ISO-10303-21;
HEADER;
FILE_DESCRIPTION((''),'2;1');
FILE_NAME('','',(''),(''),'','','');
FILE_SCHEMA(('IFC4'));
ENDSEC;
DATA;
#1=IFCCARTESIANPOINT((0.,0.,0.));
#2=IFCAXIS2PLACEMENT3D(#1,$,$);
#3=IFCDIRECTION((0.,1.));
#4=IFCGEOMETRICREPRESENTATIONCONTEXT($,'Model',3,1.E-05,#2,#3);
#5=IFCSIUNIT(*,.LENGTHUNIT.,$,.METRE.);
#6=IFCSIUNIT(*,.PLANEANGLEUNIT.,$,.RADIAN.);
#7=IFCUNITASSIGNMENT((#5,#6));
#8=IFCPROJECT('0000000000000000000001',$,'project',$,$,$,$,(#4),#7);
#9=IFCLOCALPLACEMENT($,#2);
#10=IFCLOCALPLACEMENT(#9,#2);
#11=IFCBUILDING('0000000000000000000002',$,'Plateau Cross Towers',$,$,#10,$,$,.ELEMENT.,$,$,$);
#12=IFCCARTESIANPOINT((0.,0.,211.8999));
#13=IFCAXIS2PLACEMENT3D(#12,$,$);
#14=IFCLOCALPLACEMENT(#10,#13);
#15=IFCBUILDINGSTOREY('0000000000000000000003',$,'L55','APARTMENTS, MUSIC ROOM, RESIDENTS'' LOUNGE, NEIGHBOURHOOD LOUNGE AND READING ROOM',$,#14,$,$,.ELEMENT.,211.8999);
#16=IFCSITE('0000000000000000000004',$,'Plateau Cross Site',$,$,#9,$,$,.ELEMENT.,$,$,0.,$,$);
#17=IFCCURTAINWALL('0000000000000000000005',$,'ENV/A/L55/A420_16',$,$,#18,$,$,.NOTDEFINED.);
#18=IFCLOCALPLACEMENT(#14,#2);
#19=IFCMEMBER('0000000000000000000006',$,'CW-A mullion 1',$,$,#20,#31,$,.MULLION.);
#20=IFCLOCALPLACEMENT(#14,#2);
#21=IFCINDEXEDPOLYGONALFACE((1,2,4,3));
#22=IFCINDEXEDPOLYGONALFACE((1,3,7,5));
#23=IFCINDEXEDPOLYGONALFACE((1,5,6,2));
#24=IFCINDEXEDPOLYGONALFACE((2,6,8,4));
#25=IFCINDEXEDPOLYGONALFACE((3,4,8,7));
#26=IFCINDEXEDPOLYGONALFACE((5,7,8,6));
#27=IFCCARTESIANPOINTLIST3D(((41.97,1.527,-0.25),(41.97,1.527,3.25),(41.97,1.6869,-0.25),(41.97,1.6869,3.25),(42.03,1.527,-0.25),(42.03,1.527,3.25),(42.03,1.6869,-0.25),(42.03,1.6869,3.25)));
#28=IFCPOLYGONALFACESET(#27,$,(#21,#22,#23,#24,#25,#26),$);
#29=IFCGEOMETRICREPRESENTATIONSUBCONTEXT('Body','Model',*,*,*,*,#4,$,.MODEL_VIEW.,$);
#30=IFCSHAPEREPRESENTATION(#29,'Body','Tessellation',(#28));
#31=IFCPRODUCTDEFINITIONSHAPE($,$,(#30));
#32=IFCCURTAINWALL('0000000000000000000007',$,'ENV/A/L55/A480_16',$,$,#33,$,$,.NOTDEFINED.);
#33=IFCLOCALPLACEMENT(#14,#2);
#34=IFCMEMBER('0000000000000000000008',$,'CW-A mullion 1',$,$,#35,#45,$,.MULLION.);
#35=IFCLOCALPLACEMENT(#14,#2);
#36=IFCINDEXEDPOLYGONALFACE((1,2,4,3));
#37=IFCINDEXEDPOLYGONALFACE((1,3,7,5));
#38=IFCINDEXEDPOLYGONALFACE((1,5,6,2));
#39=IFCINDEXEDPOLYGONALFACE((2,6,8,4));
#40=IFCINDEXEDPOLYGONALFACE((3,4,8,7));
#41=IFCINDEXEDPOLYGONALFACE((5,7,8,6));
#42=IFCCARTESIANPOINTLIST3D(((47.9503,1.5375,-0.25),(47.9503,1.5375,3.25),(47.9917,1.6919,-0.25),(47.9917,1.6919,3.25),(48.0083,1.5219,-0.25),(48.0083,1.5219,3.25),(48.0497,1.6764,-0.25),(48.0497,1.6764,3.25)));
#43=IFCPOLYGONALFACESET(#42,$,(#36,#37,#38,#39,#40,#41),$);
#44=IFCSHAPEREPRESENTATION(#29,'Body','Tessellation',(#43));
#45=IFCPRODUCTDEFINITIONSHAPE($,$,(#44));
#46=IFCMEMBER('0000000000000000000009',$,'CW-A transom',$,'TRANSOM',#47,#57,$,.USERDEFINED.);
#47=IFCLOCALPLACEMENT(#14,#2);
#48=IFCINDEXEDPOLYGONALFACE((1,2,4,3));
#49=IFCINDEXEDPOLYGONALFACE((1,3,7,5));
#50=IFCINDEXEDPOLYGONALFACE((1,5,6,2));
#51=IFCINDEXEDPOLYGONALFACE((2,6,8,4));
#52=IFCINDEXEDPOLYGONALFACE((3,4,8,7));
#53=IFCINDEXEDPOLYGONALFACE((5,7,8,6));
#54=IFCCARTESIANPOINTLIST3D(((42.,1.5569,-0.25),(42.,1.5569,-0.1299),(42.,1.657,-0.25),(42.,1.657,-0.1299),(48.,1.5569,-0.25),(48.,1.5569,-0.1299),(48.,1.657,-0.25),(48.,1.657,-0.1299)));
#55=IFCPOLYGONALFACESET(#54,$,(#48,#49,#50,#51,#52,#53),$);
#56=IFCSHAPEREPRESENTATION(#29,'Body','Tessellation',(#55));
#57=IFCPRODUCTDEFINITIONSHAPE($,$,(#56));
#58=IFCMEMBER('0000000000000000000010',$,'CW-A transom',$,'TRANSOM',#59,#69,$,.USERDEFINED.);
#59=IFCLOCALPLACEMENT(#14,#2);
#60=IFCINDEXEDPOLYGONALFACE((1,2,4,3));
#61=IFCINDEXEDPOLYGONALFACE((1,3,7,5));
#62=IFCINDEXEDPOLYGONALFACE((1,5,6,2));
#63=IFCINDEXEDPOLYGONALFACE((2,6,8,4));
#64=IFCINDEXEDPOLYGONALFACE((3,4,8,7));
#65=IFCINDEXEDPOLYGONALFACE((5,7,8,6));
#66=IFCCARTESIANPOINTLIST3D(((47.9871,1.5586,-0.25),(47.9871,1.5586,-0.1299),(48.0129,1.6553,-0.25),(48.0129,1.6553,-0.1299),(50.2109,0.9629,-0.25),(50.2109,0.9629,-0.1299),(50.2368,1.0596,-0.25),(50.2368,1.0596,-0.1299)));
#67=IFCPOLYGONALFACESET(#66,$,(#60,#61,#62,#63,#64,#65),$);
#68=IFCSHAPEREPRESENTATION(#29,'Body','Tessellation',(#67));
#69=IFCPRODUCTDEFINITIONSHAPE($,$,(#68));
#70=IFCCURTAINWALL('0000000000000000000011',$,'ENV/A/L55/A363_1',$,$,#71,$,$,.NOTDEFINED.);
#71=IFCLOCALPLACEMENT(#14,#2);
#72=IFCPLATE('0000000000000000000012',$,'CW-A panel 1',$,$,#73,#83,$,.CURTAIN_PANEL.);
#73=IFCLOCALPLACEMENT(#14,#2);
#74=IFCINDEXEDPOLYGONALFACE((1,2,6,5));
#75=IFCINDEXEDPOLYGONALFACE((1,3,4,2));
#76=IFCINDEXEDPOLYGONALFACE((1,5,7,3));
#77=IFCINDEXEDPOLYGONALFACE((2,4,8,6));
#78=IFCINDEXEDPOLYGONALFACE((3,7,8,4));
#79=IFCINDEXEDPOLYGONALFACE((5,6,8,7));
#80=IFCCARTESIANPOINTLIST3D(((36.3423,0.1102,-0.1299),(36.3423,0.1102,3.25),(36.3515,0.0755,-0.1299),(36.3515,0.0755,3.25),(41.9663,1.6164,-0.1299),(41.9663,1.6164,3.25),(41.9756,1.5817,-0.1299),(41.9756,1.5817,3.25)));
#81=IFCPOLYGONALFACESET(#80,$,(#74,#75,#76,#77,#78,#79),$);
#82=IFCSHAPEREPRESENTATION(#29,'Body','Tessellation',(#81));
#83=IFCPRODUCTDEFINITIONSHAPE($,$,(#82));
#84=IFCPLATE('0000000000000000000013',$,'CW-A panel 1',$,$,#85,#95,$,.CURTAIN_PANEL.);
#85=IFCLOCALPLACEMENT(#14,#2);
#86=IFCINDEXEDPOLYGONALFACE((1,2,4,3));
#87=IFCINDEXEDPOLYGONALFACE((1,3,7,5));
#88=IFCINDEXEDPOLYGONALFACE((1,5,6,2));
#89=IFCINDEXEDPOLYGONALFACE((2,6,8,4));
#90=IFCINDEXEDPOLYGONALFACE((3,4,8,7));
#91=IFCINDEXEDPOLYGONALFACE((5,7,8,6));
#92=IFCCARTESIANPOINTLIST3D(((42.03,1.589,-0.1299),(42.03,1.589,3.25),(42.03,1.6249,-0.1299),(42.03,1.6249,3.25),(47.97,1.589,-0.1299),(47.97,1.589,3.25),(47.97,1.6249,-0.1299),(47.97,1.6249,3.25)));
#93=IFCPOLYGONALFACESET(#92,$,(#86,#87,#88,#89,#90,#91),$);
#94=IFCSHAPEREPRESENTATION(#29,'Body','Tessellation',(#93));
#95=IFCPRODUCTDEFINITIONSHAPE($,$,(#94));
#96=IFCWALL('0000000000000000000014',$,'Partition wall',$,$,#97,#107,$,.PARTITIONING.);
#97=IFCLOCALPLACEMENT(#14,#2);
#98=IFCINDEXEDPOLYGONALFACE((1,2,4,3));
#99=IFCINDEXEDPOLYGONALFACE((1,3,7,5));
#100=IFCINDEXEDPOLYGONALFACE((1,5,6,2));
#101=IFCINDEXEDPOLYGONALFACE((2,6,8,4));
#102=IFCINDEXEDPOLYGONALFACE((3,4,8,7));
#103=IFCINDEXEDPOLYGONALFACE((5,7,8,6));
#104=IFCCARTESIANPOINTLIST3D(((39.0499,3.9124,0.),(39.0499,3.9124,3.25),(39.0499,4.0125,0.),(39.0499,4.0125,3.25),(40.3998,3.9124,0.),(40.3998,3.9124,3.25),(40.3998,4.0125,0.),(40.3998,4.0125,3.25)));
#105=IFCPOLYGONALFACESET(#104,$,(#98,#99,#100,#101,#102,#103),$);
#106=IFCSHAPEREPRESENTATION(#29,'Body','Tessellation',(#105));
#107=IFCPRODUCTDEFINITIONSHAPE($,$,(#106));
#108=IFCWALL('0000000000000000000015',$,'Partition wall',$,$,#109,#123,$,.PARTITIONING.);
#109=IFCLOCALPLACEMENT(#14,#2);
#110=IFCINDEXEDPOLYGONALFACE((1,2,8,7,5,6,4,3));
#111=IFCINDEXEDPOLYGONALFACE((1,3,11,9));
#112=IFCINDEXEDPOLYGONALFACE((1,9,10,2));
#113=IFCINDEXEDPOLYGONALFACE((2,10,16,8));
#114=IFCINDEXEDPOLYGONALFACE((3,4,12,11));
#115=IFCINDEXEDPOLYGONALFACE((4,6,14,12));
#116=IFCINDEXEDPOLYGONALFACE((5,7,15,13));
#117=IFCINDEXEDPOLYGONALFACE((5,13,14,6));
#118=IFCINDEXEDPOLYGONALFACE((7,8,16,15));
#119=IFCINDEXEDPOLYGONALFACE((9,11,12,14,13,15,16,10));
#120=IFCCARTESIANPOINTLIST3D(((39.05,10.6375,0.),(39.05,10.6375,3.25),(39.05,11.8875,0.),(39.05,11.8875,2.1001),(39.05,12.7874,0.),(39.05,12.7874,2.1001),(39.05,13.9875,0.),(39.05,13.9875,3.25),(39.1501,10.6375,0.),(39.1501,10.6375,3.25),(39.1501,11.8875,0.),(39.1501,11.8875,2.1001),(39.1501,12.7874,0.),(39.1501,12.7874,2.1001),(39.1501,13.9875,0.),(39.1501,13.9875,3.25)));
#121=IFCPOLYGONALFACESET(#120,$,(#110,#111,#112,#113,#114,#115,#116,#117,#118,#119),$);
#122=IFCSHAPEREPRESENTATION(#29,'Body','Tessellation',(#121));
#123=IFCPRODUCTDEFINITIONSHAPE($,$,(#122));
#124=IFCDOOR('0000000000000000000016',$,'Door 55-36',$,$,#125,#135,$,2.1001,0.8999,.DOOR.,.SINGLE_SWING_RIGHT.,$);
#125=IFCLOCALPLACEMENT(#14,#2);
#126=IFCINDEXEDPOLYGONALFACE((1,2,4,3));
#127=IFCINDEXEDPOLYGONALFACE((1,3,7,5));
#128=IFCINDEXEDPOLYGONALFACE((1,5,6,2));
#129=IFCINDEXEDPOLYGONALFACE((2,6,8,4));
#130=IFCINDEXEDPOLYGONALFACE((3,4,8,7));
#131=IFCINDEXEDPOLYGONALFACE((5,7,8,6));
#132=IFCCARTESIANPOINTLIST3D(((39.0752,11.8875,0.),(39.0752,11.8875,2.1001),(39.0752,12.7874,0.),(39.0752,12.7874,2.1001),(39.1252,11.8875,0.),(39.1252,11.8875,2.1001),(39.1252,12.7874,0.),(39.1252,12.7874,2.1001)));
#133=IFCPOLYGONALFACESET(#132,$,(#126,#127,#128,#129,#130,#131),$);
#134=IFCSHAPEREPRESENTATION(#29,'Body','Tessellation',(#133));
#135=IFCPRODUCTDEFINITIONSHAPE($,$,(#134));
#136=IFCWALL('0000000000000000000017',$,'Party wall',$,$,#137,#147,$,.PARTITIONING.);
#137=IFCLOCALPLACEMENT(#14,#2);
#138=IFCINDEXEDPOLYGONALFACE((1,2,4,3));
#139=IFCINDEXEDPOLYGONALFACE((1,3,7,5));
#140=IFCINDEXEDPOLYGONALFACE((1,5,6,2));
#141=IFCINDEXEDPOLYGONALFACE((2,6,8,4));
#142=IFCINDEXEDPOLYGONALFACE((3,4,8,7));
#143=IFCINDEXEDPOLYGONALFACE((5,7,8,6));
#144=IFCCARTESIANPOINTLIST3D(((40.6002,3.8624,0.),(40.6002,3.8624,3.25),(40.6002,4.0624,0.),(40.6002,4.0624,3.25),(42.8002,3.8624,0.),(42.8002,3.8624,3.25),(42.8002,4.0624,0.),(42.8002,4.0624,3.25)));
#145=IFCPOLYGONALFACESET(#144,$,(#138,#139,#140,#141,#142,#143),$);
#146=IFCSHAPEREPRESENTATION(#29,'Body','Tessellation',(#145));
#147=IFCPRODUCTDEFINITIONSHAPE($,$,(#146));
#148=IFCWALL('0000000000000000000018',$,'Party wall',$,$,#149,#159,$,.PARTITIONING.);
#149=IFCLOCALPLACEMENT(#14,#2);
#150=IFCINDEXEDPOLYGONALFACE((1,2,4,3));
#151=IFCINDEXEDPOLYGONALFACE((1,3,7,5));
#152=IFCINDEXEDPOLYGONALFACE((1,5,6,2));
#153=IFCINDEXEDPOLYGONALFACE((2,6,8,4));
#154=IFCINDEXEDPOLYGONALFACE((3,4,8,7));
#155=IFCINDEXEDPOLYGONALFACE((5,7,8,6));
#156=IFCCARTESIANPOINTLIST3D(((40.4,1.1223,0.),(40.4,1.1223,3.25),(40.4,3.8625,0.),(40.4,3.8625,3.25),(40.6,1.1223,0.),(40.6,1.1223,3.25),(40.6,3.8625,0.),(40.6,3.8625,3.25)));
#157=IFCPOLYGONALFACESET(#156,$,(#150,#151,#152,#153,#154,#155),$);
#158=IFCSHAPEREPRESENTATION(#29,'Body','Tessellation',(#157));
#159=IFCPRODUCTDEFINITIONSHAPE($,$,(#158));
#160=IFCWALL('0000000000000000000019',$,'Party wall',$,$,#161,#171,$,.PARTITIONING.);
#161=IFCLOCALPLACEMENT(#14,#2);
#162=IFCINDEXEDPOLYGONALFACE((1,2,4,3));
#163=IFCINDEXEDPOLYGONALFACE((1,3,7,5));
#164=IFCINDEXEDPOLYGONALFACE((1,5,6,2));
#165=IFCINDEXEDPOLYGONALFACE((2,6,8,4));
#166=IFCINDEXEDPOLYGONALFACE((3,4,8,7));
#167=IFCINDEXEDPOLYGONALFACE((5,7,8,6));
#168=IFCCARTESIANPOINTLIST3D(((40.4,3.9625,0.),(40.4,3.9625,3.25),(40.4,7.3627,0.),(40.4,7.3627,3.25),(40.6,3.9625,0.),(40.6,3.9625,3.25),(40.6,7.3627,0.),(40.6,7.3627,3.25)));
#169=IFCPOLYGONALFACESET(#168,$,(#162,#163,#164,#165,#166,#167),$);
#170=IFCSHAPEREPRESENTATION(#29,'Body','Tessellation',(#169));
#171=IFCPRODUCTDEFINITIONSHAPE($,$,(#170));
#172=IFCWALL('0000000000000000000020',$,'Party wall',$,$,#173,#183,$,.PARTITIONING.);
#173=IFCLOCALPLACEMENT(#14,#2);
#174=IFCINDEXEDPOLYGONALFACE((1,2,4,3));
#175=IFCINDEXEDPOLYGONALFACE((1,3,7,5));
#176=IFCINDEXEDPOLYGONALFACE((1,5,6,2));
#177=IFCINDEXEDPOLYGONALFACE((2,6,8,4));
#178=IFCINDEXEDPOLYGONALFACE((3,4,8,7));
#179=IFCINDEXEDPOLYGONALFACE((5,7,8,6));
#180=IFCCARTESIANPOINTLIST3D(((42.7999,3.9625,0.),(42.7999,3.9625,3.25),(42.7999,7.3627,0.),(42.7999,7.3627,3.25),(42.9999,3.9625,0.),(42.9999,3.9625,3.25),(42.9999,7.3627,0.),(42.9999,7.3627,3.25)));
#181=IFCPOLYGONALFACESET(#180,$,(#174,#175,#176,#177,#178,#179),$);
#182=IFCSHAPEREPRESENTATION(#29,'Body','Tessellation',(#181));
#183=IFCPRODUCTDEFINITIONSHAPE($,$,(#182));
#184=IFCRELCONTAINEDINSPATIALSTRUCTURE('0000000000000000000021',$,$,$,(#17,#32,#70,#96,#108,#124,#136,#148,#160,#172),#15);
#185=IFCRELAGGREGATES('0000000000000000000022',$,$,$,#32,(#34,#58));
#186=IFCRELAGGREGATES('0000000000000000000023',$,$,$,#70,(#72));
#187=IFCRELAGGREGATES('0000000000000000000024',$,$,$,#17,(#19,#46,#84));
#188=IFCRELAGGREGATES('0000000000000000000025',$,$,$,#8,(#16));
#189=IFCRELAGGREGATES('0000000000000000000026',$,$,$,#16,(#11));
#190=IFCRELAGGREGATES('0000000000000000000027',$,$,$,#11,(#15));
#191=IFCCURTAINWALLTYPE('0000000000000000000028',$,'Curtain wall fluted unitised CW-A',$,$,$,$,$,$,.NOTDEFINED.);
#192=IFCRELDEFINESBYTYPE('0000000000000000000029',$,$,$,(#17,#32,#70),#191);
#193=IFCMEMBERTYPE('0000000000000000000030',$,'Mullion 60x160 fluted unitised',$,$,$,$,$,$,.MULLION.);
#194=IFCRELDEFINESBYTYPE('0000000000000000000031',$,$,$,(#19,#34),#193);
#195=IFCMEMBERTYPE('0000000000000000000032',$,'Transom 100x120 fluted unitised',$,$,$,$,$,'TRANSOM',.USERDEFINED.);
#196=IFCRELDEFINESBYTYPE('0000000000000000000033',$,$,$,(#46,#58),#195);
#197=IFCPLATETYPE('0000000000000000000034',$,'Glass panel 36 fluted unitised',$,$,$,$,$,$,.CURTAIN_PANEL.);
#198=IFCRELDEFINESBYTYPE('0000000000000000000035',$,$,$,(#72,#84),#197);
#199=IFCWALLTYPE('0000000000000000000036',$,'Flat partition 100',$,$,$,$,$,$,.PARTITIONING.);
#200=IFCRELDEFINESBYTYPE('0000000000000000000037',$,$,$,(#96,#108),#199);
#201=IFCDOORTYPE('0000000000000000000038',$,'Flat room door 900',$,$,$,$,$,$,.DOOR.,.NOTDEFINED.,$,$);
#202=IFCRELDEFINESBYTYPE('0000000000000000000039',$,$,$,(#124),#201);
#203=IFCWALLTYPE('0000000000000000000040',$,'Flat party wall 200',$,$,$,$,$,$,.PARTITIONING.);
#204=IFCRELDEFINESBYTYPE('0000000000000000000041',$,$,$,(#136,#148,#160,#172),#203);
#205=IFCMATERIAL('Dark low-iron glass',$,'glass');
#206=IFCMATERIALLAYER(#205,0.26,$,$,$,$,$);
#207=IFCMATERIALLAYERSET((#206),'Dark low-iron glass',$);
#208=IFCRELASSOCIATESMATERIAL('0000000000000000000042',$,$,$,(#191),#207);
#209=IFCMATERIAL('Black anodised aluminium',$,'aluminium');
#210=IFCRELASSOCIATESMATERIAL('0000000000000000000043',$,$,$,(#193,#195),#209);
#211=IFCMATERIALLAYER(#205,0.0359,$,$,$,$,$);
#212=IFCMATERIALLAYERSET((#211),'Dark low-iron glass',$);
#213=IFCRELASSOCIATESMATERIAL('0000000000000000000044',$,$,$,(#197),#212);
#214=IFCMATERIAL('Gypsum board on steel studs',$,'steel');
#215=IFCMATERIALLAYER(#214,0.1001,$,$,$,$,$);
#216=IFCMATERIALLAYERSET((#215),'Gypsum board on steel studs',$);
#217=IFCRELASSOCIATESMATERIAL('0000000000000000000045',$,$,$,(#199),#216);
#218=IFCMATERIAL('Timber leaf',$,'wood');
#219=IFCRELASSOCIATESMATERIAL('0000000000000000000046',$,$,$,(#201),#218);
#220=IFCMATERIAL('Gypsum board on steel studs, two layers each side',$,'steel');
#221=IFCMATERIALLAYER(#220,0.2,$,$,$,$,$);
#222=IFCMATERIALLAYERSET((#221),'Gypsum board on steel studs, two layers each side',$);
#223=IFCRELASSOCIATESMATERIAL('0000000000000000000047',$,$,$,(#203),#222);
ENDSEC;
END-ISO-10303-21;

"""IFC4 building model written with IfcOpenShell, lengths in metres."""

from ifc_helpers import new_model, si_unit, direction, frame, frame_2d, origin, origin_2d, place, context, subcontext, project, spatial, rectangle, extrude, material, layer, layer_set, material_profile, profile_set, type_object, element, fill, aggregate, save


model = new_model("IFC4")

# Units and contexts
model_context = context("Model", 3, precision=1e-05, world=origin(), true_north=direction((0.0, 1.0)))
body_context = subcontext(model_context, "Body", "Model", "MODEL_VIEW")
ifc_project = project(units=[si_unit("LENGTHUNIT", "METRE"), si_unit("PLANEANGLEUNIT", "RADIAN")], contexts=[model_context])

# Site, building, storey
site_placement = place(None, origin())
site = spatial("IfcSite", under=ifc_project, at=site_placement, Name="Plateau Cross Site", CompositionType="ELEMENT", RefElevation=0.0)
building_placement = place(site_placement, origin())
building = spatial("IfcBuilding", under=site, at=building_placement, Name="Plateau Cross Towers", CompositionType="ELEMENT")
storey_placement = place(building_placement, frame((0.0, 0.0, 211.8999)))
storey = spatial("IfcBuildingStorey", under=building, at=storey_placement, Name="L55", Description="APARTMENTS, MUSIC ROOM, RESIDENTS' LOUNGE, NEIGHBOURHOOD LOUNGE AND READING ROOM", CompositionType="ELEMENT", Elevation=211.8999)

# Curtain walls, members
ifc_material_1 = material(Name="Dark low-iron glass", Category="glass")
ifc_layer_1 = layer(ifc_material_1, 0.26)
ifc_layer_set_1 = layer_set([ifc_layer_1], Name="Dark low-iron glass")
curtain_wall_type = type_object("IfcCurtainWallType", Name="Curtain wall fluted unitised CW-A", PredefinedType="NOTDEFINED", material=ifc_layer_set_1)
curtain_wall_1_placement = place(storey_placement, origin())
curtain_wall_1 = element("IfcCurtainWall", 1, at=curtain_wall_1_placement, inside=storey, type_object=curtain_wall_type, Name="ENV/A/L55/A420_16", PredefinedType="NOTDEFINED")
ifc_material_2 = material(Name="Black anodised aluminium", Category="aluminium")
ifc_material_profile_1 = material_profile(ifc_material_2, rectangle(XDim=0.0601, YDim=0.1599, at=origin_2d()), Name="MULLION 60x160")
ifc_profile_set_1 = profile_set([ifc_material_profile_1], Name="Black anodised aluminium")
member_type_1 = type_object("IfcMemberType", Name="Mullion 60x160 fluted unitised", PredefinedType="MULLION", material=ifc_profile_set_1)
member_1_placement = place(storey_placement, frame((42.0, 1.6069, -0.25), z_axis=(0.0, 0.0, 1.0), x_axis=(1.0, 0.0, 0.0)))
member_1 = element("IfcMember", 2, at=member_1_placement, type_object=member_type_1, Name="CW-A mullion 1", PredefinedType="MULLION", context=body_context, shape_type="SweptSolid", body=[
    extrude(rectangle(XDim=0.0601, YDim=0.1599, at=origin_2d()), origin(), (0.0, 0.0, 1.0), 3.5),
])
curtain_wall_2_placement = place(storey_placement, origin())
curtain_wall_2 = element("IfcCurtainWall", 3, at=curtain_wall_2_placement, inside=storey, type_object=curtain_wall_type, Name="ENV/A/L55/A480_16", PredefinedType="NOTDEFINED")
member_2_placement = place(storey_placement, frame((48.0, 1.6069, -0.25), z_axis=(0.0, 0.0, 1.0), x_axis=(0.965958, -0.258699, 0.0)))
member_2 = element("IfcMember", 4, at=member_2_placement, type_object=member_type_1, Name="CW-A mullion 1", PredefinedType="MULLION", context=body_context, shape_type="SweptSolid", body=[
    extrude(rectangle(XDim=0.0601, YDim=0.1599, at=origin_2d()), origin(), (0.0, 0.0, 1.0), 3.5),
])

# Members
ifc_material_profile_2 = material_profile(ifc_material_2, rectangle(XDim=0.1001, YDim=0.1201, at=origin_2d()), Name="TRANSOM 100x120")
ifc_profile_set_2 = profile_set([ifc_material_profile_2], Name="Black anodised aluminium")
member_type_2 = type_object("IfcMemberType", Name="Transom 100x120 fluted unitised", ElementType="TRANSOM", PredefinedType="USERDEFINED", material=ifc_profile_set_2)
member_3_placement = place(storey_placement, frame((42.0, 1.6069, -0.1899), z_axis=(1.0, 0.0, 0.0), x_axis=(0.0, 1.0, 0.0)))
member_3 = element("IfcMember", 5, at=member_3_placement, type_object=member_type_2, Name="CW-A transom", ObjectType="TRANSOM", PredefinedType="USERDEFINED", context=body_context, shape_type="SweptSolid", body=[
    extrude(rectangle(XDim=0.1001, YDim=0.1201, at=origin_2d()), origin(), (0.0, 0.0, 1.0), 6.0),
])
member_4_placement = place(storey_placement, frame((48.0, 1.6069, -0.1899), z_axis=(0.965946, -0.258745, 0.0), x_axis=(0.258745, 0.965946, 0.0)))
member_4 = element("IfcMember", 6, at=member_4_placement, type_object=member_type_2, Name="CW-A transom", ObjectType="TRANSOM", PredefinedType="USERDEFINED", context=body_context, shape_type="SweptSolid", body=[
    extrude(rectangle(XDim=0.1001, YDim=0.1201, at=origin_2d()), origin(), (0.0, 0.0, 1.0), 2.3022),
])
aggregate(curtain_wall_2, [member_2, member_4])

# Curtain wall, plate
curtain_wall_3_placement = place(storey_placement, origin())
curtain_wall_3 = element("IfcCurtainWall", 7, at=curtain_wall_3_placement, inside=storey, type_object=curtain_wall_type, Name="ENV/A/L55/A363_1", PredefinedType="NOTDEFINED")
ifc_layer_2 = layer(ifc_material_1, 0.0359)
ifc_layer_set_2 = layer_set([ifc_layer_2], Name="Dark low-iron glass")
plate_type = type_object("IfcPlateType", Name="Glass panel 36 fluted unitised", PredefinedType="CURTAIN_PANEL", material=ifc_layer_set_2)
plate_1_placement = place(storey_placement, frame((39.1589, 0.8459, -0.1299), z_axis=(0.0, 0.0, 1.0), x_axis=(0.965958, 0.258699, 0.0)))
plate_1 = element("IfcPlate", 8, at=plate_1_placement, type_object=plate_type, Name="CW-A panel 1", PredefinedType="CURTAIN_PANEL", context=body_context, shape_type="SweptSolid", body=[
    extrude(rectangle(XDim=5.8223, YDim=0.0359, at=origin_2d()), origin(), (0.0, 0.0, 1.0), 3.3799),
])
aggregate(curtain_wall_3, [plate_1])

# Plate
plate_2_placement = place(storey_placement, frame((45.0, 1.6069, -0.1299), z_axis=(0.0, 0.0, 1.0), x_axis=(1.0, 0.0, 0.0)))
plate_2 = element("IfcPlate", 9, at=plate_2_placement, type_object=plate_type, Name="CW-A panel 1", PredefinedType="CURTAIN_PANEL", context=body_context, shape_type="SweptSolid", body=[
    extrude(rectangle(XDim=5.9399, YDim=0.0359, at=origin_2d()), origin(), (0.0, 0.0, 1.0), 3.3799),
])
aggregate(curtain_wall_1, [member_1, member_3, plate_2])

# Wall
ifc_material_3 = material(Name="Gypsum board on steel studs", Category="steel")
ifc_layer_3 = layer(ifc_material_3, 0.1001)
ifc_layer_set_3 = layer_set([ifc_layer_3], Name="Gypsum board on steel studs")
wall_type_1 = type_object("IfcWallType", Name="Flat partition 100", PredefinedType="PARTITIONING", material=ifc_layer_set_3)
wall_1_placement = place(storey_placement, frame((39.05, 3.9624, 0.0), z_axis=(0.0, 0.0, 1.0), x_axis=(1.0, 0.0, 0.0)))
element("IfcWall", 10, at=wall_1_placement, inside=storey, type_object=wall_type_1, Name="Partition wall", PredefinedType="PARTITIONING", context=body_context, shape_type="SweptSolid", body=[
    extrude(rectangle(XDim=1.3499, YDim=0.1001, at=frame_2d((0.6748, 0.0))), origin(), (0.0, 0.0, 1.0), 3.25),
])

# Wall, opening, door
wall_2_placement = place(storey_placement, frame((39.1001, 10.6375, 0.0), z_axis=(0.0, 0.0, 1.0), x_axis=(0.0, 1.0, 0.0)))
wall_2 = element("IfcWall", 11, at=wall_2_placement, inside=storey, type_object=wall_type_1, Name="Partition wall", PredefinedType="PARTITIONING", context=body_context, shape_type="SweptSolid", body=[
    extrude(rectangle(XDim=3.3501, YDim=0.1001, at=frame_2d((1.675, 0.0))), origin(), (0.0, 0.0, 1.0), 3.25),
])
opening_1_placement = place(wall_2_placement, frame((1.25, 0.0, 0.0)))
opening_1 = element("IfcOpeningElement", 12, at=opening_1_placement, cuts=wall_2, PredefinedType="OPENING", context=body_context, shape_type="SweptSolid", body=[
    extrude(rectangle(XDim=0.8999, YDim=2.1001, at=frame_2d((0.45, 1.05))), frame((0.0, 0.0601, 0.0), z_axis=(0.0, -1.0, 0.0), x_axis=(1.0, 0.0, 0.0)), (0.0, 0.0, 1.0), 0.1201),
])
ifc_material_4 = material(Name="Timber leaf", Category="wood")
door_type_1 = type_object("IfcDoorType", Name="Flat room door 900", OperationType="NOTDEFINED", PredefinedType="DOOR", material=ifc_material_4)
door_1_placement = place(opening_1_placement, origin())
door_1 = element("IfcDoor", 13, at=door_1_placement, inside=storey, type_object=door_type_1, Name="Door 55-36", OperationType="SINGLE_SWING_RIGHT", OverallHeight=2.1001, OverallWidth=0.8999, PredefinedType="DOOR", context=body_context, shape_type="SweptSolid", body=[
    extrude(rectangle(XDim=0.8999, YDim=2.1001, at=frame_2d((0.45, 1.05))), frame((0.0, 0.0249, 0.0), z_axis=(0.0, -1.0, 0.0), x_axis=(1.0, 0.0, 0.0)), (0.0, 0.0, 1.0), 0.05),
])
fill(opening_1, door_1)

# Walls
ifc_material_5 = material(Name="Gypsum board on steel studs, two layers each side", Category="steel")
ifc_layer_4 = layer(ifc_material_5, 0.2)
ifc_layer_set_4 = layer_set([ifc_layer_4], Name="Gypsum board on steel studs, two layers each side")
wall_type_2 = type_object("IfcWallType", Name="Flat party wall 200", PredefinedType="PARTITIONING", material=ifc_layer_set_4)
wall_3_placement = place(storey_placement, frame((40.6001, 3.9624, 0.0), z_axis=(0.0, 0.0, 1.0), x_axis=(1.0, 0.0, 0.0)))
element("IfcWall", 14, at=wall_3_placement, inside=storey, type_object=wall_type_2, Name="Party wall", PredefinedType="PARTITIONING", context=body_context, shape_type="SweptSolid", body=[
    extrude(rectangle(XDim=2.2, YDim=0.2, at=frame_2d((1.1001, 0.0))), origin(), (0.0, 0.0, 1.0), 3.25),
])
wall_4_placement = place(storey_placement, frame((40.5, 3.8625, 0.0), z_axis=(0.0, 0.0, 1.0), x_axis=(0.0, -1.0, 0.0)))
element("IfcWall", 15, at=wall_4_placement, inside=storey, type_object=wall_type_2, Name="Party wall", PredefinedType="PARTITIONING", context=body_context, shape_type="SweptSolid", body=[
    extrude(rectangle(XDim=2.7402, YDim=0.2, at=frame_2d((1.3701, 0.0))), origin(), (0.0, 0.0, 1.0), 3.25),
])
for number, where, z_axis, x_axis, name in (
    (16, (40.5, 3.9624, 0.0), (0.0, 0.0, 1.0), (0.0, 1.0, 0.0), "Party wall"),
    (17, (42.8999, 3.9624, 0.0), (0.0, 0.0, 1.0), (0.0, 1.0, 0.0), "Party wall"),
):
    element("IfcWall", number, at=place(storey_placement, frame(where, z_axis=z_axis, x_axis=x_axis)), inside=storey, type_object=wall_type_2, Name=name, PredefinedType="PARTITIONING", context=body_context, shape_type="SweptSolid", body=[
        extrude(rectangle(XDim=3.4001, YDim=0.2, at=frame_2d((1.7002, 0.0))), origin(), (0.0, 0.0, 1.0), 3.25),
    ])

save(model, "model.ifc")
